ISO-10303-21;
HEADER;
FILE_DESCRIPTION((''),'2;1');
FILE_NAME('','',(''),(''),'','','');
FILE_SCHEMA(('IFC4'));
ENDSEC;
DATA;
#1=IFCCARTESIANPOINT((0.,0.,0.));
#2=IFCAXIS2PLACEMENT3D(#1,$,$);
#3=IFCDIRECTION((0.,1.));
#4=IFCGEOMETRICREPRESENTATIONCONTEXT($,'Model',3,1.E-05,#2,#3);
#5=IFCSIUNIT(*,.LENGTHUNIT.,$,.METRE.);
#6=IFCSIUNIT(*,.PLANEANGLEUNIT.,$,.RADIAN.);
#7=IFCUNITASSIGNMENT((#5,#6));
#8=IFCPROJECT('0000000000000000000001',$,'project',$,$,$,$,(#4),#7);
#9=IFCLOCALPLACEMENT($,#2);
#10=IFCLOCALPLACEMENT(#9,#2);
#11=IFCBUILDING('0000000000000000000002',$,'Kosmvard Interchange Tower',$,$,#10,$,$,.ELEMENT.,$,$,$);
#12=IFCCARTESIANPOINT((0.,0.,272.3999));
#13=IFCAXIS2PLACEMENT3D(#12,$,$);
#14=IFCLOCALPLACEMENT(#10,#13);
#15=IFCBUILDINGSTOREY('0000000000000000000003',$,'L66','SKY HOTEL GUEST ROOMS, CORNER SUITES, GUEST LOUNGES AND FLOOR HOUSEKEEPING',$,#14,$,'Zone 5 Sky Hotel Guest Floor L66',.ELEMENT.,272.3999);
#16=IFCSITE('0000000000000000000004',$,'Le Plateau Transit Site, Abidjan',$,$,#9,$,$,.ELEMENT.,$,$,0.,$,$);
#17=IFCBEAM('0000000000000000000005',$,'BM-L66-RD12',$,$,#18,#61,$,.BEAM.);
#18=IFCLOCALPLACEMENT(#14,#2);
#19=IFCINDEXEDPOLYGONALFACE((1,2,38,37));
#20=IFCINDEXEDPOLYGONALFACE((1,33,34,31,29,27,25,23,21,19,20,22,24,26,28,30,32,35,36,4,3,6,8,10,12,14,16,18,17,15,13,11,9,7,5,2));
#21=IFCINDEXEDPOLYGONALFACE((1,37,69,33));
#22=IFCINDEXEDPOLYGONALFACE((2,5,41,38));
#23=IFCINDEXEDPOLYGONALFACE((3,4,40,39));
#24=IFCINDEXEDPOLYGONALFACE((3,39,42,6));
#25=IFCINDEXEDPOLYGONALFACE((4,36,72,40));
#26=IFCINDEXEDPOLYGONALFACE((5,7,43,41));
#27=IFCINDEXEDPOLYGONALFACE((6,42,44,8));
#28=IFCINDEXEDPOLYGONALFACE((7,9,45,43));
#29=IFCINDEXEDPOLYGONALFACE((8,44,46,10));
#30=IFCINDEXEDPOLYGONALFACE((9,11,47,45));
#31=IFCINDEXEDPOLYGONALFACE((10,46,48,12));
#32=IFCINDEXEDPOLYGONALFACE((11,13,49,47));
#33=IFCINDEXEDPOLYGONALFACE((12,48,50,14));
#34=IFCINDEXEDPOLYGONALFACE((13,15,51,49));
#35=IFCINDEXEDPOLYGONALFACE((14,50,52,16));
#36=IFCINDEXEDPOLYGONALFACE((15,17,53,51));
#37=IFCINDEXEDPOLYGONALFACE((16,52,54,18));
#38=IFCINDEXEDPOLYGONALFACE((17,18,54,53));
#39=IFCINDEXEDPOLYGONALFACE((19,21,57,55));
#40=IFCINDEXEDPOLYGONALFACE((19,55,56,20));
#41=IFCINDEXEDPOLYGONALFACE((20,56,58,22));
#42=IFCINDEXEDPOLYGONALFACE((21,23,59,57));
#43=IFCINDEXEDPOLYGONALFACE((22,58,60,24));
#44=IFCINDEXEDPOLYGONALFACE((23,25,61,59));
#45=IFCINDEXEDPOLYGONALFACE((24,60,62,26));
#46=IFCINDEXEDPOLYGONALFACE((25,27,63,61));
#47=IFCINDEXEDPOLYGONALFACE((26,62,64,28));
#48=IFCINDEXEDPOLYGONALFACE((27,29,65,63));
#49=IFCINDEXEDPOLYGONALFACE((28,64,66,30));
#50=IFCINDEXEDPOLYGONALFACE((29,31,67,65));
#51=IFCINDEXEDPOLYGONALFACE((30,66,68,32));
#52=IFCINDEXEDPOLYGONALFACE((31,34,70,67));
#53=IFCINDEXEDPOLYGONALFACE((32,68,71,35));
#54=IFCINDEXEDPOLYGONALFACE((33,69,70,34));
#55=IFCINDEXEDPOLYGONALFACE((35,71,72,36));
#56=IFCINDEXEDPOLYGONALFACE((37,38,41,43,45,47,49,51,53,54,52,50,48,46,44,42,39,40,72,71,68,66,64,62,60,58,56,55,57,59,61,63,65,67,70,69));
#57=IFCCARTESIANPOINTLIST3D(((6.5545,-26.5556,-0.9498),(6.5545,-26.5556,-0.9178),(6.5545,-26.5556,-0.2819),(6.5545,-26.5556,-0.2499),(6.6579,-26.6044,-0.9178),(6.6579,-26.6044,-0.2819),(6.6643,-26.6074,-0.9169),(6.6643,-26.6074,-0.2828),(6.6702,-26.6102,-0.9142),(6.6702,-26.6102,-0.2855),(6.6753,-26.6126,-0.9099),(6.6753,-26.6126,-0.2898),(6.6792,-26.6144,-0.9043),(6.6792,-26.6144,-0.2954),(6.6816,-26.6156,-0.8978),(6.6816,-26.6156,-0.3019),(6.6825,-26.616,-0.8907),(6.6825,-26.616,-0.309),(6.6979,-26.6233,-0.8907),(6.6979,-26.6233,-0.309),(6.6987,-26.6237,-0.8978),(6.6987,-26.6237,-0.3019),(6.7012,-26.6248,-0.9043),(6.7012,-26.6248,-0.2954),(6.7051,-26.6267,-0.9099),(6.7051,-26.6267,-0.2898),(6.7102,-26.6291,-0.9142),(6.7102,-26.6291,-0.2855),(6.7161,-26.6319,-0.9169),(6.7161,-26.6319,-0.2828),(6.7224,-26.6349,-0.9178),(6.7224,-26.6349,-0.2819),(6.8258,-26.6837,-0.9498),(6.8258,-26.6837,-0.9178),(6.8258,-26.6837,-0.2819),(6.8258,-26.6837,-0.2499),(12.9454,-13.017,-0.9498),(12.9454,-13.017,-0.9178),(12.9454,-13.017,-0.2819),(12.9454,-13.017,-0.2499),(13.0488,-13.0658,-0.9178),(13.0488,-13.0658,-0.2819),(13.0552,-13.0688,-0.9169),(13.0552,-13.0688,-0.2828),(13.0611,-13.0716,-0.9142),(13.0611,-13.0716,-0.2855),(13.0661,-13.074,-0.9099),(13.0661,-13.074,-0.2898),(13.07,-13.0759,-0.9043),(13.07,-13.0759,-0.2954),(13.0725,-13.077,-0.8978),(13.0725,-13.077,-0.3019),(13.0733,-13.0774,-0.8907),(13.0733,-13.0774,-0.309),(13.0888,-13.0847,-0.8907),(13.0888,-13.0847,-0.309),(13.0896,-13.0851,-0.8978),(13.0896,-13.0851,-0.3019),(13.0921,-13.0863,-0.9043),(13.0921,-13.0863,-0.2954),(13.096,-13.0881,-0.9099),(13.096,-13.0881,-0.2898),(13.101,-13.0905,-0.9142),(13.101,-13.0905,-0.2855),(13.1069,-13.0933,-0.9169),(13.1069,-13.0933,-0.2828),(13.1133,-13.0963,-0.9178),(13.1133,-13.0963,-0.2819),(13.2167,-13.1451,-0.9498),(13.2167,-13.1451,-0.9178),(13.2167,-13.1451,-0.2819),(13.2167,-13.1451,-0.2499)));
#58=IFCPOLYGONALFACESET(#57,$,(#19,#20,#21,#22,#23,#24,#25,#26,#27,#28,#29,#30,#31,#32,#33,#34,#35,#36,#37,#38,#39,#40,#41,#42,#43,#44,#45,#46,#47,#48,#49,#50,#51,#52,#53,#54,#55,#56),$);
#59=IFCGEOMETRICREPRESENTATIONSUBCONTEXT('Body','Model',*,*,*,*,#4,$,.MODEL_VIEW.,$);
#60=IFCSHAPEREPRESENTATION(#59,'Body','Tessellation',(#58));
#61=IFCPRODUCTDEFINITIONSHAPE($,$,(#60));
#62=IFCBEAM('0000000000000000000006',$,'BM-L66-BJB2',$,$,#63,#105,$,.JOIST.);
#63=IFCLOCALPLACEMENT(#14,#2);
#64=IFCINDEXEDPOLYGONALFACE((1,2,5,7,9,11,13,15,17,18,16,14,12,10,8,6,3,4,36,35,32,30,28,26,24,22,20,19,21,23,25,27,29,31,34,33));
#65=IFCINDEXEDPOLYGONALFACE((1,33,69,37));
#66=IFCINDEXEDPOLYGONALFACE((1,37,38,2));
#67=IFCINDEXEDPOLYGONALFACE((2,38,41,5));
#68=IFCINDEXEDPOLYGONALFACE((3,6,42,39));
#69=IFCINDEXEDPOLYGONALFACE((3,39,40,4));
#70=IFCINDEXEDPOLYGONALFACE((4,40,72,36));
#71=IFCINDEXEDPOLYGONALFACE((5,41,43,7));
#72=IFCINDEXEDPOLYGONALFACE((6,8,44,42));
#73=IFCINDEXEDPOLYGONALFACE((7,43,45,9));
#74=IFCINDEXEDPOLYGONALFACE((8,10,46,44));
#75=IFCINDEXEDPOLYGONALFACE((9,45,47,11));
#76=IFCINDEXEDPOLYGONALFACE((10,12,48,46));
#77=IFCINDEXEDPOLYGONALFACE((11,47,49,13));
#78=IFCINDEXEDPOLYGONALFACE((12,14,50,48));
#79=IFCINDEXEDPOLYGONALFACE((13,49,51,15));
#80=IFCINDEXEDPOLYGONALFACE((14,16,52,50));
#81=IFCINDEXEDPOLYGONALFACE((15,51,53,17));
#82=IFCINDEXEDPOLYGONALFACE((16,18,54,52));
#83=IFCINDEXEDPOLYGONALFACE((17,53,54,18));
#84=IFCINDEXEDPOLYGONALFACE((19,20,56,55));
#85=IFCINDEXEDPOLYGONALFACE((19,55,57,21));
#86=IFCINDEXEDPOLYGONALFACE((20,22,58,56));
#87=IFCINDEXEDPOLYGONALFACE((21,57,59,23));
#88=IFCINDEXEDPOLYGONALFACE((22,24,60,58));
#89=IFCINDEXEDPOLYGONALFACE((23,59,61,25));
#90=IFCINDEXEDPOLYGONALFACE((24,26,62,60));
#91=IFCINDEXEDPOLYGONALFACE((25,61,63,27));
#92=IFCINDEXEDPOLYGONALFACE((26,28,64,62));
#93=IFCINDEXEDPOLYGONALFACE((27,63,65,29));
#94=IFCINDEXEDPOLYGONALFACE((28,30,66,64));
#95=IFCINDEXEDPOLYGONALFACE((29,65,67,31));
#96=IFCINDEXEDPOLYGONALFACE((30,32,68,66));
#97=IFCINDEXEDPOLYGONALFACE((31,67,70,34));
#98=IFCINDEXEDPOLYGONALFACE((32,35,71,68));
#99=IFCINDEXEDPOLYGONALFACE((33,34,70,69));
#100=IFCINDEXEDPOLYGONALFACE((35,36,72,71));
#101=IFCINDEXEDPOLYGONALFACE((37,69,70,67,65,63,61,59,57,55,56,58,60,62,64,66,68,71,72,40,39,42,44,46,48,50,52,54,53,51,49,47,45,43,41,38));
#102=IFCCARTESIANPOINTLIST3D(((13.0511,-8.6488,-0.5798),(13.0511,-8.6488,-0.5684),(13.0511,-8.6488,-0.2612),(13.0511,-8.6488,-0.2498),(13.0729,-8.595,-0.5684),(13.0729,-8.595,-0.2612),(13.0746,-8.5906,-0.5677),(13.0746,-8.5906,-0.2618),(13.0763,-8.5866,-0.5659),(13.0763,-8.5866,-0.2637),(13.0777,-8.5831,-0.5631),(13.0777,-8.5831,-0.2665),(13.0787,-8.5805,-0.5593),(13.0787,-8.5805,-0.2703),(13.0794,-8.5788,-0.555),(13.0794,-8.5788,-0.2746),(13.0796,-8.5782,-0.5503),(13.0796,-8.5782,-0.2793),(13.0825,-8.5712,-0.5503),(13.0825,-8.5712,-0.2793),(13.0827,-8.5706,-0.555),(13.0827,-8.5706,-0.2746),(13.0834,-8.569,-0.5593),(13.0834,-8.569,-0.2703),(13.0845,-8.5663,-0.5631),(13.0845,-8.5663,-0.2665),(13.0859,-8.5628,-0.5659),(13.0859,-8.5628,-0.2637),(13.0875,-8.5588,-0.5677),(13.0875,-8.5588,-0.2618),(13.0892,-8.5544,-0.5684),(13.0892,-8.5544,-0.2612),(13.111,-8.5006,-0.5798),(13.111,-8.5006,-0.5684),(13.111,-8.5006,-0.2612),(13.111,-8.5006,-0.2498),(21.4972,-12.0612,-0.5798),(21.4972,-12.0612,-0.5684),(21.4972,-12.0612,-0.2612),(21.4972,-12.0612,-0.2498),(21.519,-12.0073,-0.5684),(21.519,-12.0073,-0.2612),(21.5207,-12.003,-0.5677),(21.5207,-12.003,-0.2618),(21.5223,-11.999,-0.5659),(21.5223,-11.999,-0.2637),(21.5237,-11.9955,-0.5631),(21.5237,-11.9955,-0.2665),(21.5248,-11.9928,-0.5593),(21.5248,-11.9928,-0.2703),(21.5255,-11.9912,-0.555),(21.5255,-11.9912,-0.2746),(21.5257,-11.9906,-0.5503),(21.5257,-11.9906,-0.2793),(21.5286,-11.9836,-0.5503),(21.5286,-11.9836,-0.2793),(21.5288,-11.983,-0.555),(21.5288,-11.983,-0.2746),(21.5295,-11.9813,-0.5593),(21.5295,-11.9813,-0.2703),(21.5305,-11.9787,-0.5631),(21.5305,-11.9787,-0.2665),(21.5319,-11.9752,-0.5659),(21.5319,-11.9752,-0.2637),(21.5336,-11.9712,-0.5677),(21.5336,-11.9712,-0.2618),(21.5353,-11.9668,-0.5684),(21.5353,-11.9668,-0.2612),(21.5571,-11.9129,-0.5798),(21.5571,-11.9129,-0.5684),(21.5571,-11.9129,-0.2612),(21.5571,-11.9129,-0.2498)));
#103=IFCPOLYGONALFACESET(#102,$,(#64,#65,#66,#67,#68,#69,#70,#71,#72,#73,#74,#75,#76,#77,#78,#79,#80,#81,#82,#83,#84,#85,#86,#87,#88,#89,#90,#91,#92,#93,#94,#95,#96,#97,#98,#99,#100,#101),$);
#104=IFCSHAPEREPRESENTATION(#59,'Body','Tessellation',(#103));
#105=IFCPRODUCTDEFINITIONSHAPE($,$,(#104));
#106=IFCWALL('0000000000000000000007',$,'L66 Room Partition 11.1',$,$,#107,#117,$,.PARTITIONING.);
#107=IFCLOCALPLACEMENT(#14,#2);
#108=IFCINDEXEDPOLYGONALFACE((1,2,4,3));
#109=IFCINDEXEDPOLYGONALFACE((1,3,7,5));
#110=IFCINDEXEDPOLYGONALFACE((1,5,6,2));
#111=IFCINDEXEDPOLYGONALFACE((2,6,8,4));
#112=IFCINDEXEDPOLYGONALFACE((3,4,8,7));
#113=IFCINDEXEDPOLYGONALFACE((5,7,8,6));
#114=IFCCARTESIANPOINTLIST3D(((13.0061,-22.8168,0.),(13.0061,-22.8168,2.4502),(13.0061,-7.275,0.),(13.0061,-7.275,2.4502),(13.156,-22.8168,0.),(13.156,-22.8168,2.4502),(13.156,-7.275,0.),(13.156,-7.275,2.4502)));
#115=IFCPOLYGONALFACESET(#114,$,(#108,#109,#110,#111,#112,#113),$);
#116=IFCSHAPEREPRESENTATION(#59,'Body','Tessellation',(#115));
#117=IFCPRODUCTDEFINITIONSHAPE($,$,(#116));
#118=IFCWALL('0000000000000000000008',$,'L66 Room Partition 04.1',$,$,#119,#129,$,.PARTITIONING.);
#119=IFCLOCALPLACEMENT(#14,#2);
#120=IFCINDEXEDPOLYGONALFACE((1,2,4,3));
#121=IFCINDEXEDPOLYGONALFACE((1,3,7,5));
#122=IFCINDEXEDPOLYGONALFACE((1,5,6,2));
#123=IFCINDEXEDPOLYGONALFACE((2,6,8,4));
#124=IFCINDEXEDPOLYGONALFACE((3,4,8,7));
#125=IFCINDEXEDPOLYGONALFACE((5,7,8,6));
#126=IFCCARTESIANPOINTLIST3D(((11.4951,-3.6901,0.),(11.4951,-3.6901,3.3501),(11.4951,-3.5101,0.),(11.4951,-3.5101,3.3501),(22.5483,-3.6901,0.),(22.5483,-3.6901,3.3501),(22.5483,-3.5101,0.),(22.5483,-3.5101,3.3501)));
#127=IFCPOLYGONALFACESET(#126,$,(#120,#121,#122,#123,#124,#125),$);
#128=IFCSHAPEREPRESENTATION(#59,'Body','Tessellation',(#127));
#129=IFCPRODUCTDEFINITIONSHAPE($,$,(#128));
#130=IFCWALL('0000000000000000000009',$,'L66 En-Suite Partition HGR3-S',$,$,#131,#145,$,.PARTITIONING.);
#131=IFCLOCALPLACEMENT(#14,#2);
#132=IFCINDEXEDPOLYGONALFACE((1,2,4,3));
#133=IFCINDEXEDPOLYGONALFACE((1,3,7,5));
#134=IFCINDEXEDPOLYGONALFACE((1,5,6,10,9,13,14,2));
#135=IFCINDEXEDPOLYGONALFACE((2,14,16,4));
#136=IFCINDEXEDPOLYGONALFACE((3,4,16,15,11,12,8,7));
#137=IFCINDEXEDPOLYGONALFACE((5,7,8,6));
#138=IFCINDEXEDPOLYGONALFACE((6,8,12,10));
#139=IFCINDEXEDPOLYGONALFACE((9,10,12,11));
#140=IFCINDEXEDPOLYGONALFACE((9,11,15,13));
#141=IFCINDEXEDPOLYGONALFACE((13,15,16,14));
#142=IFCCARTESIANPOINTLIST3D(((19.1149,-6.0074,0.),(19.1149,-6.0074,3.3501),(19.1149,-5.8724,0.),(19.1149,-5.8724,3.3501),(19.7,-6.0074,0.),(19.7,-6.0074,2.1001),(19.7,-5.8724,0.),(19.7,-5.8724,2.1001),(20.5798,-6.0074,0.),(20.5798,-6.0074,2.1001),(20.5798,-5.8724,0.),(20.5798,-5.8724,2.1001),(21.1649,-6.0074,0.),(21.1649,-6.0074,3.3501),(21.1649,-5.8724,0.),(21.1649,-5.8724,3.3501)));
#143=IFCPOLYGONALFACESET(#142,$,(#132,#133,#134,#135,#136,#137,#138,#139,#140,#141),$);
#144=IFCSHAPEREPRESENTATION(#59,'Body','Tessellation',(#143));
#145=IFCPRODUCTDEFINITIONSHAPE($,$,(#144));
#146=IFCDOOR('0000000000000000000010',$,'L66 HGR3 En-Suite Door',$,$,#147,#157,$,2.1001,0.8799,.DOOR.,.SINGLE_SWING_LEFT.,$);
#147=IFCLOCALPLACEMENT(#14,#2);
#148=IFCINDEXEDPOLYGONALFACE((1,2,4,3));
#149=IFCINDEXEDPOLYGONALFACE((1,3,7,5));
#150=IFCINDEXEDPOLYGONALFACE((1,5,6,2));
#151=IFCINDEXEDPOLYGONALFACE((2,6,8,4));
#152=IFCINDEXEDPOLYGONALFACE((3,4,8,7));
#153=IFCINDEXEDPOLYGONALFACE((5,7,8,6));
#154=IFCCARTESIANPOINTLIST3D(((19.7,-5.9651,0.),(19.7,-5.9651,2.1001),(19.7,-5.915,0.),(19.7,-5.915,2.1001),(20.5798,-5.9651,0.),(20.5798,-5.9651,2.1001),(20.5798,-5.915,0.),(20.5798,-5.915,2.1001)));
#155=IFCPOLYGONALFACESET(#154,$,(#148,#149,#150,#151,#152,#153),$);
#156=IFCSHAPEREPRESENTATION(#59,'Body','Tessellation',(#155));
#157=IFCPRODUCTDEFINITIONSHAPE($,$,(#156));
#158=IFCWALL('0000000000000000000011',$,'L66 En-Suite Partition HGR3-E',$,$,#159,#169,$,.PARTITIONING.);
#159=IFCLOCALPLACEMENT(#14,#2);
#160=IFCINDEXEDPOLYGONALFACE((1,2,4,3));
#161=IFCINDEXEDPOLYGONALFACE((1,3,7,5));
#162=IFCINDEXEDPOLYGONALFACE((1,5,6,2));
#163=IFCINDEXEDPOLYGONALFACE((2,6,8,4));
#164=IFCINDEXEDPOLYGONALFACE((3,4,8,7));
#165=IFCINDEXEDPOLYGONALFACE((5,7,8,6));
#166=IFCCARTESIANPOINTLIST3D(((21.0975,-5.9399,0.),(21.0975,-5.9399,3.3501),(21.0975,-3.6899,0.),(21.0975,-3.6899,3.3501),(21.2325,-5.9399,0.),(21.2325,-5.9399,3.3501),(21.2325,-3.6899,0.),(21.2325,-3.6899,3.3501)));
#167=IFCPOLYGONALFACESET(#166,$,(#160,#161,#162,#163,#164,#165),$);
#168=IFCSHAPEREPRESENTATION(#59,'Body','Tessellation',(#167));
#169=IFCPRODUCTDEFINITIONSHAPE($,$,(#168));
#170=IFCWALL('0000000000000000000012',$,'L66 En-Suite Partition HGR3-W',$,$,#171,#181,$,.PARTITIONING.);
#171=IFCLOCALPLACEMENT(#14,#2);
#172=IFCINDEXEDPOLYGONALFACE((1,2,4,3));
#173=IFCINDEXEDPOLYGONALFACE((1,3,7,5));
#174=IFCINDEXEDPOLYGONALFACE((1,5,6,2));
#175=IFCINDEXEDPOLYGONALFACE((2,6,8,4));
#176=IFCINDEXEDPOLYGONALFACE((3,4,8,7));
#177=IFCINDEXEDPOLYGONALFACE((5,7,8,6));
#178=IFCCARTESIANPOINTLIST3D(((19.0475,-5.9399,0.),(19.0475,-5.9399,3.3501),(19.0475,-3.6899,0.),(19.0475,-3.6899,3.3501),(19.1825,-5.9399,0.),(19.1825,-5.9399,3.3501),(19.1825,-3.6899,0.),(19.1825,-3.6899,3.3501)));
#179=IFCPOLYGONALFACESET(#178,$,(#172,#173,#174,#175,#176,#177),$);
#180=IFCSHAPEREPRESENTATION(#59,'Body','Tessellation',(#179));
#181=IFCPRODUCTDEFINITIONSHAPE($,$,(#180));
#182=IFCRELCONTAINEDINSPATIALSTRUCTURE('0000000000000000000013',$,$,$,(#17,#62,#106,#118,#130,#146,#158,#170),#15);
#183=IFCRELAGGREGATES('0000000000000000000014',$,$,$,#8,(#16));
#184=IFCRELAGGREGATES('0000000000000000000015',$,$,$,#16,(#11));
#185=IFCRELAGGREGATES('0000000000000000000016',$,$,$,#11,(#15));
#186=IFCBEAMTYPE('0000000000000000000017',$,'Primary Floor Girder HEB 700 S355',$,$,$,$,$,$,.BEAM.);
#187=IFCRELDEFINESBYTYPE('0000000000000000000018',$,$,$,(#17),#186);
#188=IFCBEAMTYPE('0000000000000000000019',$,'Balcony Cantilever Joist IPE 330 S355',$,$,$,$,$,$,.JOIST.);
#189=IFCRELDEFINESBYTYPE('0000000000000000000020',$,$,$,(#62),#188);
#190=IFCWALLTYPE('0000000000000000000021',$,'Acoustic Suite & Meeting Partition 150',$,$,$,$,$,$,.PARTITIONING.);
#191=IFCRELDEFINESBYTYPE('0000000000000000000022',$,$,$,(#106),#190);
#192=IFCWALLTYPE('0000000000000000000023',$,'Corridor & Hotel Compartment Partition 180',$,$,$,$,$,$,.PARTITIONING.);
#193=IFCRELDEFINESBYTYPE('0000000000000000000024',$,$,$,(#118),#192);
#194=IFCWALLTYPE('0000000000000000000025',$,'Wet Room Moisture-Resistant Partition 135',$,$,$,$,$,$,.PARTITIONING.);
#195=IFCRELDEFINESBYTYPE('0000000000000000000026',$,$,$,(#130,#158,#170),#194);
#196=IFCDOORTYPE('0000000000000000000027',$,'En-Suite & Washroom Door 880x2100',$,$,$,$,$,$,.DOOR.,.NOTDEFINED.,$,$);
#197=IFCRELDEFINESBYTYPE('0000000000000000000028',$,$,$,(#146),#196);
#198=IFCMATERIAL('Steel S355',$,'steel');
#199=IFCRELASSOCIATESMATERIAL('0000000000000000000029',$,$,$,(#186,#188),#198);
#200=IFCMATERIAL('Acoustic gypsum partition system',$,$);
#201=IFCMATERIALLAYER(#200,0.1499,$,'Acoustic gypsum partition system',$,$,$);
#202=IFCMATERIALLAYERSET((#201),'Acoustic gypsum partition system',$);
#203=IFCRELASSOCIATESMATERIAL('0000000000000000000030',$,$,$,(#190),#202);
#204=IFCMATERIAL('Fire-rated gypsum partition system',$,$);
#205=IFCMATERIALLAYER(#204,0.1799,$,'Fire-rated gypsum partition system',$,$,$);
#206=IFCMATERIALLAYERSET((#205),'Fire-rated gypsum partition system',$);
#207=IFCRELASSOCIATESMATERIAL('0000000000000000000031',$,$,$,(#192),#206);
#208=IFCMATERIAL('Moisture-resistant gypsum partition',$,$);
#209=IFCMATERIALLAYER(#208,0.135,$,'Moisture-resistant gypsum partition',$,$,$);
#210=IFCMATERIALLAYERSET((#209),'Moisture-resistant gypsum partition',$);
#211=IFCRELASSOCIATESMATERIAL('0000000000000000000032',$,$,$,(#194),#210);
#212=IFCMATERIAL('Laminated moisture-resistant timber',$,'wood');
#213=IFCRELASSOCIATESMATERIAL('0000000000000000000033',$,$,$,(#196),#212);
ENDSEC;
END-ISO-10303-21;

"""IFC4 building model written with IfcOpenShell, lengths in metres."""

from ifc_helpers import new_model, si_unit, direction, frame, frame_2d, origin, origin_2d, place, context, subcontext, project, spatial, rectangle, i_section, extrude, source, transform, mapped, material, layer, layer_set, material_profile, profile_set, type_object, element, fill, save


model = new_model("IFC4")

# Units and contexts
model_context = context("Model", 3, precision=1e-05, world=origin(), true_north=direction((0.0, 1.0)))
body_context = subcontext(model_context, "Body", "Model", "MODEL_VIEW")
ifc_project = project(units=[si_unit("LENGTHUNIT", "METRE"), si_unit("PLANEANGLEUNIT", "RADIAN")], contexts=[model_context])

# Site, building, storey
site_placement = place(None, origin())
site = spatial("IfcSite", under=ifc_project, at=site_placement, Name="Le Plateau Transit Site, Abidjan", CompositionType="ELEMENT", RefElevation=0.0)
building_placement = place(site_placement, origin())
building = spatial("IfcBuilding", under=site, at=building_placement, Name="Kosmvard Interchange Tower", CompositionType="ELEMENT")
storey_placement = place(building_placement, frame((0.0, 0.0, 272.3999)))
storey = spatial("IfcBuildingStorey", under=building, at=storey_placement, Name="L66", Description="SKY HOTEL GUEST ROOMS, CORNER SUITES, GUEST LOUNGES AND FLOOR HOUSEKEEPING", LongName="Zone 5 Sky Hotel Guest Floor L66", CompositionType="ELEMENT", Elevation=272.3999)

# Beams
ifc_material_1 = material(Name="Steel S355", Category="steel")
ifc_material_profile_1 = material_profile(ifc_material_1, i_section(OverallWidth=0.3, OverallDepth=0.7, WebThickness=0.0171, FlangeThickness=0.032, FilletRadius=0.0271, at=origin_2d()), Name="HEB 700")
ifc_profile_set_1 = profile_set([ifc_material_profile_1], Name="Steel S355")
beam_type_1 = type_object("IfcBeamType", Name="Primary Floor Girder HEB 700 S355", PredefinedType="BEAM", material=ifc_profile_set_1)
shared_shape_1 = source(origin(), body_context, "Body", "SweptSolid", [
    extrude(i_section(OverallWidth=0.3, OverallDepth=0.7, WebThickness=0.0171, FlangeThickness=0.032, FilletRadius=0.0271, at=origin_2d()), origin(), (0.0, 0.0, 1.0), 14.9712),
])
beam_1_placement = place(storey_placement, frame((13.0811, -13.0811, -0.5999), z_axis=(-0.426878, -0.904309, 0.0), x_axis=(0.904309, -0.426878, 0.0)))
element("IfcBeam", 1, at=beam_1_placement, inside=storey, type_object=beam_type_1, Name="BM-L66-RD12", PredefinedType="BEAM", context=body_context, shape_type="MappedRepresentation", body=[
    mapped(shared_shape_1, transform((0.0, 0.0, 0.0), scale=1.0)),
])
ifc_material_profile_2 = material_profile(ifc_material_1, i_section(OverallWidth=0.1599, OverallDepth=0.3301, WebThickness=0.0076, FlangeThickness=0.0115, FilletRadius=0.0181, at=origin_2d()), Name="IPE 330")
ifc_profile_set_2 = profile_set([ifc_material_profile_2], Name="Steel S355")
beam_type_2 = type_object("IfcBeamType", Name="Balcony Cantilever Joist IPE 330 S355", PredefinedType="JOIST", material=ifc_profile_set_2)
shared_shape_2 = source(origin(), body_context, "Body", "SweptSolid", [
    extrude(i_section(OverallWidth=0.1599, OverallDepth=0.3301, WebThickness=0.0076, FlangeThickness=0.0115, FilletRadius=0.0181, at=origin_2d()), origin(), (0.0, 0.0, 1.0), 9.1094),
])
beam_2_placement = place(storey_placement, frame((13.0811, -8.5747, -0.4148), z_axis=(0.927187, -0.3746, 0.0), x_axis=(0.3746, 0.927187, 0.0)))
element("IfcBeam", 2, at=beam_2_placement, inside=storey, type_object=beam_type_2, Name="BM-L66-BJB2", PredefinedType="JOIST", context=body_context, shape_type="MappedRepresentation", body=[
    mapped(shared_shape_2, transform((0.0, 0.0, 0.0), scale=1.0)),
])

# Walls
ifc_material_2 = material(Name="Acoustic gypsum partition system")
ifc_layer_1 = layer(ifc_material_2, 0.1499, Name="Acoustic gypsum partition system")
ifc_layer_set_1 = layer_set([ifc_layer_1], Name="Acoustic gypsum partition system")
wall_type_1 = type_object("IfcWallType", Name="Acoustic Suite & Meeting Partition 150", PredefinedType="PARTITIONING", material=ifc_layer_set_1)
wall_1_placement = place(storey_placement, frame((13.0811, -7.2749, 0.0), z_axis=(0.0, 0.0, 1.0), x_axis=(0.0, -1.0, 0.0)))
element("IfcWall", 3, at=wall_1_placement, inside=storey, type_object=wall_type_1, Name="L66 Room Partition 11.1", PredefinedType="PARTITIONING", context=body_context, shape_type="SweptSolid", body=[
    extrude(rectangle(XDim=15.5417, YDim=0.1499, at=frame_2d((7.771, 0.0))), origin(), (0.0, 0.0, 1.0), 2.4502),
])
ifc_material_3 = material(Name="Fire-rated gypsum partition system")
ifc_layer_2 = layer(ifc_material_3, 0.1799, Name="Fire-rated gypsum partition system")
ifc_layer_set_2 = layer_set([ifc_layer_2], Name="Fire-rated gypsum partition system")
wall_type_2 = type_object("IfcWallType", Name="Corridor & Hotel Compartment Partition 180", PredefinedType="PARTITIONING", material=ifc_layer_set_2)
wall_2_placement = place(storey_placement, frame((11.4951, -3.6001, 0.0), z_axis=(0.0, 0.0, 1.0), x_axis=(1.0, 0.0, 0.0)))
element("IfcWall", 4, at=wall_2_placement, inside=storey, type_object=wall_type_2, Name="L66 Room Partition 04.1", PredefinedType="PARTITIONING", context=body_context, shape_type="SweptSolid", body=[
    extrude(rectangle(XDim=11.0532, YDim=0.1799, at=frame_2d((5.5266, 0.0))), origin(), (0.0, 0.0, 1.0), 3.3501),
])

# Wall, opening, door
ifc_material_4 = material(Name="Moisture-resistant gypsum partition")
ifc_layer_3 = layer(ifc_material_4, 0.135, Name="Moisture-resistant gypsum partition")
ifc_layer_set_3 = layer_set([ifc_layer_3], Name="Moisture-resistant gypsum partition")
wall_type_3 = type_object("IfcWallType", Name="Wet Room Moisture-Resistant Partition 135", PredefinedType="PARTITIONING", material=ifc_layer_set_3)
wall_3_placement = place(storey_placement, frame((19.115, -5.9399, 0.0), z_axis=(0.0, 0.0, 1.0), x_axis=(1.0, 0.0, 0.0)))
wall_3 = element("IfcWall", 5, at=wall_3_placement, inside=storey, type_object=wall_type_3, Name="L66 En-Suite Partition HGR3-S", PredefinedType="PARTITIONING", context=body_context, shape_type="SweptSolid", body=[
    extrude(rectangle(XDim=2.05, YDim=0.135, at=frame_2d((1.0249, 0.0))), origin(), (0.0, 0.0, 1.0), 3.3501),
])
opening_placement = place(wall_3_placement, frame((0.585, 0.0, 0.0)))
opening = element("IfcOpeningElement", 6, at=opening_placement, cuts=wall_3, PredefinedType="OPENING", context=body_context, shape_type="SweptSolid", body=[
    extrude(rectangle(XDim=0.8799, YDim=2.1001, at=frame_2d((0.4399, 1.05))), frame((0.0, 0.0776, 0.0), z_axis=(0.0, -1.0, 0.0), x_axis=(1.0, 0.0, 0.0)), (0.0, 0.0, 1.0), 0.155),
])
ifc_material_5 = material(Name="Laminated moisture-resistant timber", Category="wood")
door_type = type_object("IfcDoorType", Name="En-Suite & Washroom Door 880x2100", OperationType="NOTDEFINED", PredefinedType="DOOR", material=ifc_material_5)
shared_shape_3 = source(origin(), body_context, "Body", "SweptSolid", [
    extrude(rectangle(XDim=0.8799, YDim=2.1001, at=frame_2d((0.4399, 1.05))), frame((0.0, 0.0249, 0.0), z_axis=(0.0, -1.0, 0.0), x_axis=(1.0, 0.0, 0.0)), (0.0, 0.0, 1.0), 0.05),
])
door_placement = place(opening_placement, origin())
door = element("IfcDoor", 7, at=door_placement, inside=storey, type_object=door_type, Name="L66 HGR3 En-Suite Door", OperationType="SINGLE_SWING_LEFT", OverallHeight=2.1001, OverallWidth=0.8799, PredefinedType="DOOR", context=body_context, shape_type="MappedRepresentation", body=[
    mapped(shared_shape_3, transform((0.0, 0.0, 0.0), scale=1.0)),
])
fill(opening, door)

# Walls
for number, where, z_axis, x_axis, name in (
    (8, (21.165, -5.9399, 0.0), (0.0, 0.0, 1.0), (0.0, 1.0, 0.0), "L66 En-Suite Partition HGR3-E"),
    (9, (19.115, -5.9399, 0.0), (0.0, 0.0, 1.0), (0.0, 1.0, 0.0), "L66 En-Suite Partition HGR3-W"),
):
    element("IfcWall", number, at=place(storey_placement, frame(where, z_axis=z_axis, x_axis=x_axis)), inside=storey, type_object=wall_type_3, Name=name, PredefinedType="PARTITIONING", context=body_context, shape_type="SweptSolid", body=[
        extrude(rectangle(XDim=2.25, YDim=0.135, at=frame_2d((1.125, 0.0))), origin(), (0.0, 0.0, 1.0), 3.3501),
    ])

save(model, "model.ifc")
